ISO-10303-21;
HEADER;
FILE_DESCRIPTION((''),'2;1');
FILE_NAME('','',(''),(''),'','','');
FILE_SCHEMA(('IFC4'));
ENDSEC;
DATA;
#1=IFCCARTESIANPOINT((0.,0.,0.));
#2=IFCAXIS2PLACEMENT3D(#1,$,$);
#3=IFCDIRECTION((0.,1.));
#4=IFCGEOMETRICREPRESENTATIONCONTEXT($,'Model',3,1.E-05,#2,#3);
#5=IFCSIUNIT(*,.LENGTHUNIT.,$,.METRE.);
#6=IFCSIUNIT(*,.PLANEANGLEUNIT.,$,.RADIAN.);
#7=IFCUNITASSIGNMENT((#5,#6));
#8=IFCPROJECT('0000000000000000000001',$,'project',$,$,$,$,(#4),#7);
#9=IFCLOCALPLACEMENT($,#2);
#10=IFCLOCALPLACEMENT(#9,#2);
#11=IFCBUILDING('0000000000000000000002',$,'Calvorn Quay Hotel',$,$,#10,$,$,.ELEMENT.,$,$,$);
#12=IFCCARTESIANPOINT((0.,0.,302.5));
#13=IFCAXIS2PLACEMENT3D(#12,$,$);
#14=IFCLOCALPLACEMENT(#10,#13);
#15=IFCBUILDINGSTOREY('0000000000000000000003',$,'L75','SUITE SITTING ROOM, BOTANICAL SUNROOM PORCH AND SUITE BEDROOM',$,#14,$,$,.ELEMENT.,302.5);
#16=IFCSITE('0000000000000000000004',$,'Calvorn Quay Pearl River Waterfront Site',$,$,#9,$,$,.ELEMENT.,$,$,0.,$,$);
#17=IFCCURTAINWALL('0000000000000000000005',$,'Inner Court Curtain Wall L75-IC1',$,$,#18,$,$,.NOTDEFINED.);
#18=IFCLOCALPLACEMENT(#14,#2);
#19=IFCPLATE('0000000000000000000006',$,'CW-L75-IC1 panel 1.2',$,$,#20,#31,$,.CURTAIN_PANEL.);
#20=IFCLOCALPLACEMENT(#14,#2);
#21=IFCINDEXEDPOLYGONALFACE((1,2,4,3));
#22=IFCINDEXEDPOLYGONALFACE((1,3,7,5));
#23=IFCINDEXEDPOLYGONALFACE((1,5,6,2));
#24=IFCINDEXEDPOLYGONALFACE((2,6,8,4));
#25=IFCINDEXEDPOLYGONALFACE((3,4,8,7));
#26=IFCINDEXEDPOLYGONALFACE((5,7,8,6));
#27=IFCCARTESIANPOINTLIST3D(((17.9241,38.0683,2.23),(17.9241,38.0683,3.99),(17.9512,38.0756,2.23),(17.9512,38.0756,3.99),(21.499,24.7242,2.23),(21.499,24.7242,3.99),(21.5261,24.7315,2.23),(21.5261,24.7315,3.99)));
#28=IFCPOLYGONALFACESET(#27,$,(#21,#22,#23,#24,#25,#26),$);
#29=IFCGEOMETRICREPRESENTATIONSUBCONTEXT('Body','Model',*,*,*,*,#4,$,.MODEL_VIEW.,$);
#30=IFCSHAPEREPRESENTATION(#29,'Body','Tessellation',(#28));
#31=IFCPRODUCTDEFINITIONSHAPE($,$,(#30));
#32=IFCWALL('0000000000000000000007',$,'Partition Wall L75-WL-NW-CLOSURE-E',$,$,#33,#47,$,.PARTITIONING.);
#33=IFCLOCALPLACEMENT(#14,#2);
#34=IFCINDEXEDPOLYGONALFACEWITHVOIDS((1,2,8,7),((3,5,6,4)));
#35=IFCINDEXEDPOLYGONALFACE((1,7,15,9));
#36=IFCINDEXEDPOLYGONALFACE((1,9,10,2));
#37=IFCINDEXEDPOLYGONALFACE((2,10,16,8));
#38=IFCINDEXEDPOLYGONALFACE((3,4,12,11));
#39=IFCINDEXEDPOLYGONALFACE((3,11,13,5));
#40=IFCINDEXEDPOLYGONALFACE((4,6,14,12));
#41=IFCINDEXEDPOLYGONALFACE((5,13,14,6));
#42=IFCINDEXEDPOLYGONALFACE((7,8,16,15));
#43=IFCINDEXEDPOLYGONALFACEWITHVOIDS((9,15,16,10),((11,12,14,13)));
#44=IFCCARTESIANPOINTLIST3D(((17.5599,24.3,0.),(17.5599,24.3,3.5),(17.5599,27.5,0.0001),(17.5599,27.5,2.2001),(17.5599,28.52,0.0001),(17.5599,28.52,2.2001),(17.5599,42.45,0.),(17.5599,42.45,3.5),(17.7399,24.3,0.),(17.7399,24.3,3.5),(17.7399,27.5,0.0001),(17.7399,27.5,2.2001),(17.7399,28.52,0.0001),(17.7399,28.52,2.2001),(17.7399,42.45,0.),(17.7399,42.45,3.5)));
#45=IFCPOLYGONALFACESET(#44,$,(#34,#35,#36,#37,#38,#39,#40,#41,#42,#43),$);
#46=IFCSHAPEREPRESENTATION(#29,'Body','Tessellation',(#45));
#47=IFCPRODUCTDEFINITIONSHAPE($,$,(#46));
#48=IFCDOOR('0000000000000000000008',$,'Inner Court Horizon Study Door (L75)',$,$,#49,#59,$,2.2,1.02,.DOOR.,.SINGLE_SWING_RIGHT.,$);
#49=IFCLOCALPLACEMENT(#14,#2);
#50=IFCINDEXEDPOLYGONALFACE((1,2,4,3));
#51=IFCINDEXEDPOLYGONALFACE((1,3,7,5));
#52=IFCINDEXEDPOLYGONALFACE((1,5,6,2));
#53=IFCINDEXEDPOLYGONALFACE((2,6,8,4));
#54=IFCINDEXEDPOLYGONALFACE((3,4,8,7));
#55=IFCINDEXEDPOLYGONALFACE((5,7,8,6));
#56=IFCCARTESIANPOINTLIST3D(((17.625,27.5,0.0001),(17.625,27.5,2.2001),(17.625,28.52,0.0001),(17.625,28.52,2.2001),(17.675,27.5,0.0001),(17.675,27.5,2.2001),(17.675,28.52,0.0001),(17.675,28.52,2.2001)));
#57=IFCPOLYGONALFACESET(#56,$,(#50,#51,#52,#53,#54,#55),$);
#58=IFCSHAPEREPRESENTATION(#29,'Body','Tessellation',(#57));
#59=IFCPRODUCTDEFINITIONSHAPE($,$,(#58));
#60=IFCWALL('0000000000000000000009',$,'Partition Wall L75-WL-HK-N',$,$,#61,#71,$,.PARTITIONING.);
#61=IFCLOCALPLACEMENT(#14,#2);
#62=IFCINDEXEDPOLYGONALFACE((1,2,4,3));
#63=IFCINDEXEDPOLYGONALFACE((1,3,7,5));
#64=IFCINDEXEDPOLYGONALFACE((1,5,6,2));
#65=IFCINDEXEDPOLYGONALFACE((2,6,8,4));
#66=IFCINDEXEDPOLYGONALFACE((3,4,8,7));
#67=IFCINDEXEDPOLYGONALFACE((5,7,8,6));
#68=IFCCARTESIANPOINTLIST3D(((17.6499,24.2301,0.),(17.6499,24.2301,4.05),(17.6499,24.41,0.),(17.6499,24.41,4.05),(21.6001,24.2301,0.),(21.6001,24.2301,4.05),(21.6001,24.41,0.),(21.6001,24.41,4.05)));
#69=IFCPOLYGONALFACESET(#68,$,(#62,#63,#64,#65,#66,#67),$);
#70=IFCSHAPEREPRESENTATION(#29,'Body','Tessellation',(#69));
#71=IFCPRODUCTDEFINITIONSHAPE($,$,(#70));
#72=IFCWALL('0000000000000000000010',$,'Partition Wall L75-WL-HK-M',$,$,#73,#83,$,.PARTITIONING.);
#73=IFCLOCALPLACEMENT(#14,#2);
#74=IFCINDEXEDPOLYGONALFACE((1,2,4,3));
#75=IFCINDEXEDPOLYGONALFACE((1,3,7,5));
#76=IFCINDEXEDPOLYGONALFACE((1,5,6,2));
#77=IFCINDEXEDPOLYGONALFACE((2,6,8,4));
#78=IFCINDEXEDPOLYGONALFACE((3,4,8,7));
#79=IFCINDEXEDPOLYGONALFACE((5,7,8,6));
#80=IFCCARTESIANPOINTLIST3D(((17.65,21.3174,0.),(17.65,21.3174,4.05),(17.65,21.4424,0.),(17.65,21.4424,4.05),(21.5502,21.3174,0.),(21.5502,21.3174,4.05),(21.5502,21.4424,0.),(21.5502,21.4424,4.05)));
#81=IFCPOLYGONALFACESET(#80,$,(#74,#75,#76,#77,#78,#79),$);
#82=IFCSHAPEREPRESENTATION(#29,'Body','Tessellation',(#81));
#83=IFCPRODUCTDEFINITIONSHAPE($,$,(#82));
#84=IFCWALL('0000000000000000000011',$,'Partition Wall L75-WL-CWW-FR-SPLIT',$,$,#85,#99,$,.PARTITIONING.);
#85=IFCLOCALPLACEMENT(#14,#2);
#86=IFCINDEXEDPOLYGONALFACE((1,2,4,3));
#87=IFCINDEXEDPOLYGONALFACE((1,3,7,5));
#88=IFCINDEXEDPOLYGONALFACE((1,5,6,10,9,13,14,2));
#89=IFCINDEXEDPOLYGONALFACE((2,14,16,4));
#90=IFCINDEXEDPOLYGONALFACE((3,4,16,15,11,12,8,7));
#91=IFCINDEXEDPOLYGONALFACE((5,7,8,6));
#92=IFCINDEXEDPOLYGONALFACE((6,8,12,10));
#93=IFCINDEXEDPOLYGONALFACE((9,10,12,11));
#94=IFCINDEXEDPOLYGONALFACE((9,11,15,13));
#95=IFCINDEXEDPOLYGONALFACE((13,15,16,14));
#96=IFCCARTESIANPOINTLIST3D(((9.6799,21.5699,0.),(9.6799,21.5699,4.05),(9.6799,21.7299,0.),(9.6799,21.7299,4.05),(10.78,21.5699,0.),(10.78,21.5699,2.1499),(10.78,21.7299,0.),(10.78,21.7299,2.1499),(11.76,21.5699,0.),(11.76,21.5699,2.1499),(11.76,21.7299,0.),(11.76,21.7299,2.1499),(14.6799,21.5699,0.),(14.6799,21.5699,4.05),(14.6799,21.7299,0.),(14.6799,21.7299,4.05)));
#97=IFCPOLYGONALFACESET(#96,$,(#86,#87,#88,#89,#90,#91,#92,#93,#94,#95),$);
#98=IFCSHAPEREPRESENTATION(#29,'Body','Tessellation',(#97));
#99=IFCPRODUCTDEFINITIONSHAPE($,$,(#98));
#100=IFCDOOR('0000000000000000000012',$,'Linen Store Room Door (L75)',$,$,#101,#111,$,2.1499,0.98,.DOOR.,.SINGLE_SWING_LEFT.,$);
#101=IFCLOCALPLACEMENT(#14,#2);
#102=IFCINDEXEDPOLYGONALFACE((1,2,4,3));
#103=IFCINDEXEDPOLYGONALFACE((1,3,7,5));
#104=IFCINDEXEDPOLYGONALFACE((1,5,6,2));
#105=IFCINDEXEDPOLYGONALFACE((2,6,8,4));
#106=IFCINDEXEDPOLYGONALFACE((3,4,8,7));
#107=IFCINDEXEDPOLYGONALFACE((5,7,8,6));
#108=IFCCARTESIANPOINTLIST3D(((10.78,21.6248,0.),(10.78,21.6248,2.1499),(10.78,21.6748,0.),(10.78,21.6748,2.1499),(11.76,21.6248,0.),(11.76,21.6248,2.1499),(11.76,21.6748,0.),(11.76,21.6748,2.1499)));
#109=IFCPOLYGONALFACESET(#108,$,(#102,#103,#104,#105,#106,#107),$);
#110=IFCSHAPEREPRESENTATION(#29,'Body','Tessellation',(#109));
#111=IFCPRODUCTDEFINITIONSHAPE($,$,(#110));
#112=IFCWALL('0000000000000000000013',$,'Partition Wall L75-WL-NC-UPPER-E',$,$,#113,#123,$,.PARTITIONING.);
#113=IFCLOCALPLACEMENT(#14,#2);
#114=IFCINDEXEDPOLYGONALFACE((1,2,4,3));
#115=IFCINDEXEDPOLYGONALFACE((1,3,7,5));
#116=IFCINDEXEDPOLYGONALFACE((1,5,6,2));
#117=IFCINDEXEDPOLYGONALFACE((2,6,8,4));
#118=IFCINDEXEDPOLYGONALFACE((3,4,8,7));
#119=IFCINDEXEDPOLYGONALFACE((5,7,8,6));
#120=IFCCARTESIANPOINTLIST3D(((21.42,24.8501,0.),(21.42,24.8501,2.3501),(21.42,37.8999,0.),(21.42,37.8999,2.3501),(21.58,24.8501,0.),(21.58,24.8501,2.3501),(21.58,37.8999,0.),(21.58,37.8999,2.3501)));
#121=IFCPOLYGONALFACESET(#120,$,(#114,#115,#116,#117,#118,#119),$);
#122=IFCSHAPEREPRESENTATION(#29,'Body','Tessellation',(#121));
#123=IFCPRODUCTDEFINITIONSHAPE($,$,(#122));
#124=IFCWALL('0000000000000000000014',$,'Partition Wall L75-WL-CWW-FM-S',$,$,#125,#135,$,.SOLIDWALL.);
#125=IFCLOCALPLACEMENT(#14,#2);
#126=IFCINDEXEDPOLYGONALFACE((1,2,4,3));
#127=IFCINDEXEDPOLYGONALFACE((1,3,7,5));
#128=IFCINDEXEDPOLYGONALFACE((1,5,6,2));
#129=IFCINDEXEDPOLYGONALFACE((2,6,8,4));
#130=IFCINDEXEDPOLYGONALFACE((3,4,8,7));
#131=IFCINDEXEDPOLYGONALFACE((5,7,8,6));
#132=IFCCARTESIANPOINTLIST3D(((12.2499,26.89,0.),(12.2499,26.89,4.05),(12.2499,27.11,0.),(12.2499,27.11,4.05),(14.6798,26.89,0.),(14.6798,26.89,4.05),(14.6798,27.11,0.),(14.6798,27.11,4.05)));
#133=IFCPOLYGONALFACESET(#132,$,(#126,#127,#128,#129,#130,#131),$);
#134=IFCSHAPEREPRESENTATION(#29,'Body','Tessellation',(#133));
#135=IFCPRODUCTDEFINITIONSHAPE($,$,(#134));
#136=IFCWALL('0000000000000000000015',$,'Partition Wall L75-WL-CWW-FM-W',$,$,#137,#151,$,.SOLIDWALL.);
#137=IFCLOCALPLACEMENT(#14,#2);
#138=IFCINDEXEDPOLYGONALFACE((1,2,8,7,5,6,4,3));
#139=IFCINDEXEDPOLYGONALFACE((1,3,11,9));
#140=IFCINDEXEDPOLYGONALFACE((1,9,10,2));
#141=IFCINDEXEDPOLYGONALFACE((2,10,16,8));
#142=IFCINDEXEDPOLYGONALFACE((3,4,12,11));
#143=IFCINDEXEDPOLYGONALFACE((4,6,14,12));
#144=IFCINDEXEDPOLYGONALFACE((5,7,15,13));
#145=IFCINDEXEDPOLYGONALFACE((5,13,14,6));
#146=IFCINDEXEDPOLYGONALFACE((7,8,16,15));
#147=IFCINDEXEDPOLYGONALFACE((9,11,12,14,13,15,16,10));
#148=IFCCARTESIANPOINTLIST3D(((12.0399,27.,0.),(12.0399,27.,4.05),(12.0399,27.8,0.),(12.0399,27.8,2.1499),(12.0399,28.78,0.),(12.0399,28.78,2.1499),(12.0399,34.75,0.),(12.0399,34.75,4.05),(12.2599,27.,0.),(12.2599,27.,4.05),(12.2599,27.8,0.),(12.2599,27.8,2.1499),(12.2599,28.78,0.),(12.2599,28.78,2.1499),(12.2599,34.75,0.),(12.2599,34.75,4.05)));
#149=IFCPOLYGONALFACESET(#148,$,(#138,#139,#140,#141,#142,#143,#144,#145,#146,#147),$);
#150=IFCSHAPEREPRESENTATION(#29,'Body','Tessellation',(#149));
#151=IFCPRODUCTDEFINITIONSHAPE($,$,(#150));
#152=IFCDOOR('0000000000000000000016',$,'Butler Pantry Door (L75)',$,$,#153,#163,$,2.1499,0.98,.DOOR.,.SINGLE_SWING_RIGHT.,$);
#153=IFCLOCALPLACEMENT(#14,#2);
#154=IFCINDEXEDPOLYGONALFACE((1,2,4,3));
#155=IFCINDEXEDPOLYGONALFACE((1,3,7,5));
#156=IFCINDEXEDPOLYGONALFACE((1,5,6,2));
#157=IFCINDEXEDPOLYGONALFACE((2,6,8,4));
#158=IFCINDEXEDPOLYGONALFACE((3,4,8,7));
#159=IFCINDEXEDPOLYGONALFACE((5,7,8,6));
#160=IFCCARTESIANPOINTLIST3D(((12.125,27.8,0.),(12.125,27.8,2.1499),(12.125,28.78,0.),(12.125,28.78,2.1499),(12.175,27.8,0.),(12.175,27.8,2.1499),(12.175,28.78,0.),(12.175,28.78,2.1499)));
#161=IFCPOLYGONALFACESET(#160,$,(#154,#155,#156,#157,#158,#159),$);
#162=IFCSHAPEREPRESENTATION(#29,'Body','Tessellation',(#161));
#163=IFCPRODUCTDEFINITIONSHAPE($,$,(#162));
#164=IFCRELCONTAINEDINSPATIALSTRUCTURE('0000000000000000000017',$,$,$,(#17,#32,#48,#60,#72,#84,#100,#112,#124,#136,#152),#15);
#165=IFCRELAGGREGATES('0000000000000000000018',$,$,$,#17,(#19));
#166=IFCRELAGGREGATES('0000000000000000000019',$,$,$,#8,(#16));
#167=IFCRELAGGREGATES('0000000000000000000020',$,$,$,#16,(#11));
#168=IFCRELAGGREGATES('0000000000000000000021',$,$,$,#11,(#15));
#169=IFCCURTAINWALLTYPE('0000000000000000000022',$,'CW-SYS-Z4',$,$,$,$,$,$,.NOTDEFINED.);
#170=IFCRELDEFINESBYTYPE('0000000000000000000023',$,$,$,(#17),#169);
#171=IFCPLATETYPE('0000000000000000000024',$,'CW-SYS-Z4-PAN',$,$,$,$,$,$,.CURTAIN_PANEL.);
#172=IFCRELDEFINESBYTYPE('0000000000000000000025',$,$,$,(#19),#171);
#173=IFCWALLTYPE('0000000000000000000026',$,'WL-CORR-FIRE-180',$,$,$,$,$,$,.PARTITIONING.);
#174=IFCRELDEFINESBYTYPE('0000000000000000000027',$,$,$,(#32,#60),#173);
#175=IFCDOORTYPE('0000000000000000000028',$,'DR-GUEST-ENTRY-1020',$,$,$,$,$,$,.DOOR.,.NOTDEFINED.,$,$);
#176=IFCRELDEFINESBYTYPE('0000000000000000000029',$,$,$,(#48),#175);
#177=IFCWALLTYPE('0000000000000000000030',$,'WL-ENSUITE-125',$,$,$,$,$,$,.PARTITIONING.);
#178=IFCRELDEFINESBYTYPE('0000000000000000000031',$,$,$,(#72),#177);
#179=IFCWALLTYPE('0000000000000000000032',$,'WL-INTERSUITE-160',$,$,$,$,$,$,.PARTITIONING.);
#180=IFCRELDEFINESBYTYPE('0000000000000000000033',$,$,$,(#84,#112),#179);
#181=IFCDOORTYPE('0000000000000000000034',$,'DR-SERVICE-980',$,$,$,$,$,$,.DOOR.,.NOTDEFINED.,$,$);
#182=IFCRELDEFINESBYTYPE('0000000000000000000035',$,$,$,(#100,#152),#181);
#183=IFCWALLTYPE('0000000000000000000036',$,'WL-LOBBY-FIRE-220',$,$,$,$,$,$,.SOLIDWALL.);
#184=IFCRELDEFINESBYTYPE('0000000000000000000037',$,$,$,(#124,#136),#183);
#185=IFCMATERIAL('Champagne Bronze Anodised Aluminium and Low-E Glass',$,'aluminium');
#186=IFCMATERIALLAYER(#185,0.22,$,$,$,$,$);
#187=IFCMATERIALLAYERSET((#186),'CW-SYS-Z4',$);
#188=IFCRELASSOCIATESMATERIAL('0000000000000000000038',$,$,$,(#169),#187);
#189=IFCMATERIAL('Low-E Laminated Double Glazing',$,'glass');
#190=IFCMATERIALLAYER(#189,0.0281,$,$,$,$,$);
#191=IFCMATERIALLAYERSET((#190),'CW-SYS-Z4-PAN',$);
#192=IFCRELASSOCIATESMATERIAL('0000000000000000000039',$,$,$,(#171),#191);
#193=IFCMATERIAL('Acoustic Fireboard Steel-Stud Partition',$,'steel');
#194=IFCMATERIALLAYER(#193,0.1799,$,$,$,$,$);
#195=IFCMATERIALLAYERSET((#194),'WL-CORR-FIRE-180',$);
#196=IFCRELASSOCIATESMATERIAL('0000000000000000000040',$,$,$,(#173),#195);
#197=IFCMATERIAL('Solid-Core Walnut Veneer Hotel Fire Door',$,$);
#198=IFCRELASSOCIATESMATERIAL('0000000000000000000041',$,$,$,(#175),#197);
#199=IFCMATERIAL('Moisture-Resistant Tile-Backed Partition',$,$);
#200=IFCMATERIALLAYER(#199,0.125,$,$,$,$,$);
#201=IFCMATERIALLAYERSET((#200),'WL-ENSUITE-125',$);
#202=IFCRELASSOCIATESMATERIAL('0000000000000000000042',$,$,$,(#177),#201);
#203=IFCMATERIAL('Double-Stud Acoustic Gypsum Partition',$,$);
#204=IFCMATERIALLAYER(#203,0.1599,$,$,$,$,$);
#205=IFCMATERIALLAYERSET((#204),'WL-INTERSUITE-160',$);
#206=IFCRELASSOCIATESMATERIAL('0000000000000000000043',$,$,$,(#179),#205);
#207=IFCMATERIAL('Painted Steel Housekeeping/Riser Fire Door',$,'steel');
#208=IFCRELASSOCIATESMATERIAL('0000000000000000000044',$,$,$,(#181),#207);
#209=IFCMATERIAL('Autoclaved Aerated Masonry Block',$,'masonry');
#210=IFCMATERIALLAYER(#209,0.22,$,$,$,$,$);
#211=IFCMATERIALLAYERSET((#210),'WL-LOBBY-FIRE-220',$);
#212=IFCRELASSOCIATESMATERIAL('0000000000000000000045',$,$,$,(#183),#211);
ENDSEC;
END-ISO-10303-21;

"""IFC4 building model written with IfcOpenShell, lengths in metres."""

from ifc_helpers import new_model, si_unit, direction, frame, frame_2d, origin, origin_2d, place, context, subcontext, project, spatial, rectangle, extrude, material, layer, layer_set, type_object, element, fill, aggregate, save


model = new_model("IFC4")

# Units and contexts
model_context = context("Model", 3, precision=1e-05, world=origin(), true_north=direction((0.0, 1.0)))
body_context = subcontext(model_context, "Body", "Model", "MODEL_VIEW")
ifc_project = project(units=[si_unit("LENGTHUNIT", "METRE"), si_unit("PLANEANGLEUNIT", "RADIAN")], contexts=[model_context])

# Site, building, storey
site_placement = place(None, origin())
site = spatial("IfcSite", under=ifc_project, at=site_placement, Name="Calvorn Quay Pearl River Waterfront Site", CompositionType="ELEMENT", RefElevation=0.0)
building_placement = place(site_placement, origin())
building = spatial("IfcBuilding", under=site, at=building_placement, Name="Calvorn Quay Hotel", CompositionType="ELEMENT")
storey_placement = place(building_placement, frame((0.0, 0.0, 302.5)))
storey = spatial("IfcBuildingStorey", under=building, at=storey_placement, Name="L75", Description="SUITE SITTING ROOM, BOTANICAL SUNROOM PORCH AND SUITE BEDROOM", CompositionType="ELEMENT", Elevation=302.5)

# Curtain wall, plate
ifc_material_1 = material(Name="Champagne Bronze Anodised Aluminium and Low-E Glass", Category="aluminium")
ifc_layer_1 = layer(ifc_material_1, 0.22)
ifc_layer_set_1 = layer_set([ifc_layer_1], Name="CW-SYS-Z4")
curtain_wall_type = type_object("IfcCurtainWallType", Name="CW-SYS-Z4", PredefinedType="NOTDEFINED", material=ifc_layer_set_1)
curtain_wall_placement = place(storey_placement, origin())
curtain_wall = element("IfcCurtainWall", 1, at=curtain_wall_placement, inside=storey, type_object=curtain_wall_type, Name="Inner Court Curtain Wall L75-IC1", PredefinedType="NOTDEFINED")
ifc_material_2 = material(Name="Low-E Laminated Double Glazing", Category="glass")
ifc_layer_2 = layer(ifc_material_2, 0.0281)
ifc_layer_set_2 = layer_set([ifc_layer_2], Name="CW-SYS-Z4-PAN")
plate_type = type_object("IfcPlateType", Name="CW-SYS-Z4-PAN", PredefinedType="CURTAIN_PANEL", material=ifc_layer_set_2)
plate_1_placement = place(storey_placement, frame((19.7251, 31.3999, 2.23), z_axis=(0.0, 0.0, 1.0), x_axis=(-0.258779, 0.965937, 0.0)))
plate_1 = element("IfcPlate", 2, at=plate_1_placement, type_object=plate_type, Name="CW-L75-IC1 panel 1.2", PredefinedType="CURTAIN_PANEL", context=body_context, shape_type="SweptSolid", body=[
    extrude(rectangle(XDim=13.8147, YDim=0.0281, at=origin_2d()), origin(), (0.0, 0.0, 1.0), 1.76),
])
aggregate(curtain_wall, [plate_1])

# Wall, opening, door
ifc_material_3 = material(Name="Acoustic Fireboard Steel-Stud Partition", Category="steel")
ifc_layer_3 = layer(ifc_material_3, 0.1799)
ifc_layer_set_3 = layer_set([ifc_layer_3], Name="WL-CORR-FIRE-180")
wall_type_1 = type_object("IfcWallType", Name="WL-CORR-FIRE-180", PredefinedType="PARTITIONING", material=ifc_layer_set_3)
wall_1_placement = place(storey_placement, frame((17.6499, 24.3, 0.0), z_axis=(0.0, 0.0, 1.0), x_axis=(0.0, 1.0, 0.0)))
wall_1 = element("IfcWall", 3, at=wall_1_placement, inside=storey, type_object=wall_type_1, Name="Partition Wall L75-WL-NW-CLOSURE-E", PredefinedType="PARTITIONING", context=body_context, shape_type="SweptSolid", body=[
    extrude(rectangle(XDim=18.1499, YDim=0.1799, at=frame_2d((9.075, 0.0))), origin(), (0.0, 0.0, 1.0), 3.5),
])
opening_1_placement = place(wall_1_placement, frame((3.2, 0.0, 0.0)))
opening_1 = element("IfcOpeningElement", 4, at=opening_1_placement, cuts=wall_1, PredefinedType="OPENING", context=body_context, shape_type="SweptSolid", body=[
    extrude(rectangle(XDim=1.02, YDim=2.2, at=frame_2d((0.51, 1.1001))), frame((0.0, 0.0999, 0.0), z_axis=(0.0, -1.0, 0.0), x_axis=(1.0, 0.0, 0.0)), (0.0, 0.0, 1.0), 0.2),
])
ifc_material_4 = material(Name="Solid-Core Walnut Veneer Hotel Fire Door")
door_type_1 = type_object("IfcDoorType", Name="DR-GUEST-ENTRY-1020", OperationType="NOTDEFINED", PredefinedType="DOOR", material=ifc_material_4)
door_1_placement = place(opening_1_placement, origin())
door_1 = element("IfcDoor", 5, at=door_1_placement, inside=storey, type_object=door_type_1, Name="Inner Court Horizon Study Door (L75)", OperationType="SINGLE_SWING_RIGHT", OverallHeight=2.2, OverallWidth=1.02, PredefinedType="DOOR", context=body_context, shape_type="SweptSolid", body=[
    extrude(rectangle(XDim=1.02, YDim=2.2, at=frame_2d((0.51, 1.1001))), frame((0.0, 0.0249, 0.0), z_axis=(0.0, -1.0, 0.0), x_axis=(1.0, 0.0, 0.0)), (0.0, 0.0, 1.0), 0.05),
])
fill(opening_1, door_1)

# Walls
wall_2_placement = place(storey_placement, frame((17.6499, 24.3201, 0.0), z_axis=(0.0, 0.0, 1.0), x_axis=(1.0, 0.0, 0.0)))
element("IfcWall", 6, at=wall_2_placement, inside=storey, type_object=wall_type_1, Name="Partition Wall L75-WL-HK-N", PredefinedType="PARTITIONING", context=body_context, shape_type="SweptSolid", body=[
    extrude(rectangle(XDim=3.9502, YDim=0.1799, at=frame_2d((1.9751, 0.0))), origin(), (0.0, 0.0, 1.0), 4.05),
])
ifc_material_5 = material(Name="Moisture-Resistant Tile-Backed Partition")
ifc_layer_4 = layer(ifc_material_5, 0.125)
ifc_layer_set_4 = layer_set([ifc_layer_4], Name="WL-ENSUITE-125")
wall_type_2 = type_object("IfcWallType", Name="WL-ENSUITE-125", PredefinedType="PARTITIONING", material=ifc_layer_set_4)
wall_3_placement = place(storey_placement, frame((17.6499, 21.3799, 0.0), z_axis=(0.0, 0.0, 1.0), x_axis=(1.0, 0.0, 0.0)))
element("IfcWall", 7, at=wall_3_placement, inside=storey, type_object=wall_type_2, Name="Partition Wall L75-WL-HK-M", PredefinedType="PARTITIONING", context=body_context, shape_type="SweptSolid", body=[
    extrude(rectangle(XDim=3.9001, YDim=0.125, at=frame_2d((1.9502, 0.0))), origin(), (0.0, 0.0, 1.0), 4.05),
])

# Wall, opening, door
ifc_material_6 = material(Name="Double-Stud Acoustic Gypsum Partition")
ifc_layer_5 = layer(ifc_material_6, 0.1599)
ifc_layer_set_5 = layer_set([ifc_layer_5], Name="WL-INTERSUITE-160")
wall_type_3 = type_object("IfcWallType", Name="WL-INTERSUITE-160", PredefinedType="PARTITIONING", material=ifc_layer_set_5)
wall_4_placement = place(storey_placement, frame((9.6799, 21.6499, 0.0), z_axis=(0.0, 0.0, 1.0), x_axis=(1.0, 0.0, 0.0)))
wall_4 = element("IfcWall", 8, at=wall_4_placement, inside=storey, type_object=wall_type_3, Name="Partition Wall L75-WL-CWW-FR-SPLIT", PredefinedType="PARTITIONING", context=body_context, shape_type="SweptSolid", body=[
    extrude(rectangle(XDim=5.0, YDim=0.1599, at=frame_2d((2.5, 0.0))), origin(), (0.0, 0.0, 1.0), 4.05),
])
opening_2_placement = place(wall_4_placement, frame((1.1001, 0.0, 0.0)))
opening_2 = element("IfcOpeningElement", 9, at=opening_2_placement, cuts=wall_4, PredefinedType="OPENING", context=body_context, shape_type="SweptSolid", body=[
    extrude(rectangle(XDim=0.98, YDim=2.1499, at=frame_2d((0.49, 1.075))), frame((0.0, 0.0898, 0.0), z_axis=(0.0, -1.0, 0.0), x_axis=(1.0, 0.0, 0.0)), (0.0, 0.0, 1.0), 0.1799),
])
ifc_material_7 = material(Name="Painted Steel Housekeeping/Riser Fire Door", Category="steel")
door_type_2 = type_object("IfcDoorType", Name="DR-SERVICE-980", OperationType="NOTDEFINED", PredefinedType="DOOR", material=ifc_material_7)
door_2_placement = place(opening_2_placement, origin())
door_2 = element("IfcDoor", 10, at=door_2_placement, inside=storey, type_object=door_type_2, Name="Linen Store Room Door (L75)", OperationType="SINGLE_SWING_LEFT", OverallHeight=2.1499, OverallWidth=0.98, PredefinedType="DOOR", context=body_context, shape_type="SweptSolid", body=[
    extrude(rectangle(XDim=0.98, YDim=2.1499, at=frame_2d((0.49, 1.075))), frame((0.0, 0.0249, 0.0), z_axis=(0.0, -1.0, 0.0), x_axis=(1.0, 0.0, 0.0)), (0.0, 0.0, 1.0), 0.05),
])
fill(opening_2, door_2)

# Wall
wall_5_placement = place(storey_placement, frame((21.5, 24.8501, 0.0), z_axis=(0.0, 0.0, 1.0), x_axis=(0.0, 1.0, 0.0)))
element("IfcWall", 11, at=wall_5_placement, inside=storey, type_object=wall_type_3, Name="Partition Wall L75-WL-NC-UPPER-E", PredefinedType="PARTITIONING", context=body_context, shape_type="SweptSolid", body=[
    extrude(rectangle(XDim=13.0498, YDim=0.1599, at=frame_2d((6.5249, 0.0))), origin(), (0.0, 0.0, 1.0), 2.3501),
])

# Shared definitions
ifc_material_8 = material(Name="Autoclaved Aerated Masonry Block", Category="masonry")
ifc_layer_6 = layer(ifc_material_8, 0.22)
ifc_layer_set_6 = layer_set([ifc_layer_6], Name="WL-LOBBY-FIRE-220")
wall_type_4 = type_object("IfcWallType", Name="WL-LOBBY-FIRE-220", PredefinedType="SOLIDWALL", material=ifc_layer_set_6)

# Wall
wall_6_placement = place(storey_placement, frame((12.25, 27.0, 0.0), z_axis=(0.0, 0.0, 1.0), x_axis=(1.0, 0.0, 0.0)))
element("IfcWall", 12, at=wall_6_placement, inside=storey, type_object=wall_type_4, Name="Partition Wall L75-WL-CWW-FM-S", PredefinedType="SOLIDWALL", context=body_context, shape_type="SweptSolid", body=[
    extrude(rectangle(XDim=2.4299, YDim=0.22, at=frame_2d((1.2148, 0.0))), origin(), (0.0, 0.0, 1.0), 4.05),
])

# Wall, opening, door
wall_7_placement = place(storey_placement, frame((12.1499, 27.0, 0.0), z_axis=(0.0, 0.0, 1.0), x_axis=(0.0, 1.0, 0.0)))
wall_7 = element("IfcWall", 13, at=wall_7_placement, inside=storey, type_object=wall_type_4, Name="Partition Wall L75-WL-CWW-FM-W", PredefinedType="SOLIDWALL", context=body_context, shape_type="SweptSolid", body=[
    extrude(rectangle(XDim=7.75, YDim=0.22, at=frame_2d((3.875, 0.0))), origin(), (0.0, 0.0, 1.0), 4.05),
])
opening_3_placement = place(wall_7_placement, frame((0.8, 0.0, 0.0)))
opening_3 = element("IfcOpeningElement", 14, at=opening_3_placement, cuts=wall_7, PredefinedType="OPENING", context=body_context, shape_type="SweptSolid", body=[
    extrude(rectangle(XDim=0.98, YDim=2.1499, at=frame_2d((0.49, 1.075))), frame((0.0, 0.1199, 0.0), z_axis=(0.0, -1.0, 0.0), x_axis=(1.0, 0.0, 0.0)), (0.0, 0.0, 1.0), 0.24),
])
door_3_placement = place(opening_3_placement, origin())
door_3 = element("IfcDoor", 15, at=door_3_placement, inside=storey, type_object=door_type_2, Name="Butler Pantry Door (L75)", OperationType="SINGLE_SWING_RIGHT", OverallHeight=2.1499, OverallWidth=0.98, PredefinedType="DOOR", context=body_context, shape_type="SweptSolid", body=[
    extrude(rectangle(XDim=0.98, YDim=2.1499, at=frame_2d((0.49, 1.075))), frame((0.0, 0.0249, 0.0), z_axis=(0.0, -1.0, 0.0), x_axis=(1.0, 0.0, 0.0)), (0.0, 0.0, 1.0), 0.05),
])
fill(opening_3, door_3)

save(model, "model.ifc")
